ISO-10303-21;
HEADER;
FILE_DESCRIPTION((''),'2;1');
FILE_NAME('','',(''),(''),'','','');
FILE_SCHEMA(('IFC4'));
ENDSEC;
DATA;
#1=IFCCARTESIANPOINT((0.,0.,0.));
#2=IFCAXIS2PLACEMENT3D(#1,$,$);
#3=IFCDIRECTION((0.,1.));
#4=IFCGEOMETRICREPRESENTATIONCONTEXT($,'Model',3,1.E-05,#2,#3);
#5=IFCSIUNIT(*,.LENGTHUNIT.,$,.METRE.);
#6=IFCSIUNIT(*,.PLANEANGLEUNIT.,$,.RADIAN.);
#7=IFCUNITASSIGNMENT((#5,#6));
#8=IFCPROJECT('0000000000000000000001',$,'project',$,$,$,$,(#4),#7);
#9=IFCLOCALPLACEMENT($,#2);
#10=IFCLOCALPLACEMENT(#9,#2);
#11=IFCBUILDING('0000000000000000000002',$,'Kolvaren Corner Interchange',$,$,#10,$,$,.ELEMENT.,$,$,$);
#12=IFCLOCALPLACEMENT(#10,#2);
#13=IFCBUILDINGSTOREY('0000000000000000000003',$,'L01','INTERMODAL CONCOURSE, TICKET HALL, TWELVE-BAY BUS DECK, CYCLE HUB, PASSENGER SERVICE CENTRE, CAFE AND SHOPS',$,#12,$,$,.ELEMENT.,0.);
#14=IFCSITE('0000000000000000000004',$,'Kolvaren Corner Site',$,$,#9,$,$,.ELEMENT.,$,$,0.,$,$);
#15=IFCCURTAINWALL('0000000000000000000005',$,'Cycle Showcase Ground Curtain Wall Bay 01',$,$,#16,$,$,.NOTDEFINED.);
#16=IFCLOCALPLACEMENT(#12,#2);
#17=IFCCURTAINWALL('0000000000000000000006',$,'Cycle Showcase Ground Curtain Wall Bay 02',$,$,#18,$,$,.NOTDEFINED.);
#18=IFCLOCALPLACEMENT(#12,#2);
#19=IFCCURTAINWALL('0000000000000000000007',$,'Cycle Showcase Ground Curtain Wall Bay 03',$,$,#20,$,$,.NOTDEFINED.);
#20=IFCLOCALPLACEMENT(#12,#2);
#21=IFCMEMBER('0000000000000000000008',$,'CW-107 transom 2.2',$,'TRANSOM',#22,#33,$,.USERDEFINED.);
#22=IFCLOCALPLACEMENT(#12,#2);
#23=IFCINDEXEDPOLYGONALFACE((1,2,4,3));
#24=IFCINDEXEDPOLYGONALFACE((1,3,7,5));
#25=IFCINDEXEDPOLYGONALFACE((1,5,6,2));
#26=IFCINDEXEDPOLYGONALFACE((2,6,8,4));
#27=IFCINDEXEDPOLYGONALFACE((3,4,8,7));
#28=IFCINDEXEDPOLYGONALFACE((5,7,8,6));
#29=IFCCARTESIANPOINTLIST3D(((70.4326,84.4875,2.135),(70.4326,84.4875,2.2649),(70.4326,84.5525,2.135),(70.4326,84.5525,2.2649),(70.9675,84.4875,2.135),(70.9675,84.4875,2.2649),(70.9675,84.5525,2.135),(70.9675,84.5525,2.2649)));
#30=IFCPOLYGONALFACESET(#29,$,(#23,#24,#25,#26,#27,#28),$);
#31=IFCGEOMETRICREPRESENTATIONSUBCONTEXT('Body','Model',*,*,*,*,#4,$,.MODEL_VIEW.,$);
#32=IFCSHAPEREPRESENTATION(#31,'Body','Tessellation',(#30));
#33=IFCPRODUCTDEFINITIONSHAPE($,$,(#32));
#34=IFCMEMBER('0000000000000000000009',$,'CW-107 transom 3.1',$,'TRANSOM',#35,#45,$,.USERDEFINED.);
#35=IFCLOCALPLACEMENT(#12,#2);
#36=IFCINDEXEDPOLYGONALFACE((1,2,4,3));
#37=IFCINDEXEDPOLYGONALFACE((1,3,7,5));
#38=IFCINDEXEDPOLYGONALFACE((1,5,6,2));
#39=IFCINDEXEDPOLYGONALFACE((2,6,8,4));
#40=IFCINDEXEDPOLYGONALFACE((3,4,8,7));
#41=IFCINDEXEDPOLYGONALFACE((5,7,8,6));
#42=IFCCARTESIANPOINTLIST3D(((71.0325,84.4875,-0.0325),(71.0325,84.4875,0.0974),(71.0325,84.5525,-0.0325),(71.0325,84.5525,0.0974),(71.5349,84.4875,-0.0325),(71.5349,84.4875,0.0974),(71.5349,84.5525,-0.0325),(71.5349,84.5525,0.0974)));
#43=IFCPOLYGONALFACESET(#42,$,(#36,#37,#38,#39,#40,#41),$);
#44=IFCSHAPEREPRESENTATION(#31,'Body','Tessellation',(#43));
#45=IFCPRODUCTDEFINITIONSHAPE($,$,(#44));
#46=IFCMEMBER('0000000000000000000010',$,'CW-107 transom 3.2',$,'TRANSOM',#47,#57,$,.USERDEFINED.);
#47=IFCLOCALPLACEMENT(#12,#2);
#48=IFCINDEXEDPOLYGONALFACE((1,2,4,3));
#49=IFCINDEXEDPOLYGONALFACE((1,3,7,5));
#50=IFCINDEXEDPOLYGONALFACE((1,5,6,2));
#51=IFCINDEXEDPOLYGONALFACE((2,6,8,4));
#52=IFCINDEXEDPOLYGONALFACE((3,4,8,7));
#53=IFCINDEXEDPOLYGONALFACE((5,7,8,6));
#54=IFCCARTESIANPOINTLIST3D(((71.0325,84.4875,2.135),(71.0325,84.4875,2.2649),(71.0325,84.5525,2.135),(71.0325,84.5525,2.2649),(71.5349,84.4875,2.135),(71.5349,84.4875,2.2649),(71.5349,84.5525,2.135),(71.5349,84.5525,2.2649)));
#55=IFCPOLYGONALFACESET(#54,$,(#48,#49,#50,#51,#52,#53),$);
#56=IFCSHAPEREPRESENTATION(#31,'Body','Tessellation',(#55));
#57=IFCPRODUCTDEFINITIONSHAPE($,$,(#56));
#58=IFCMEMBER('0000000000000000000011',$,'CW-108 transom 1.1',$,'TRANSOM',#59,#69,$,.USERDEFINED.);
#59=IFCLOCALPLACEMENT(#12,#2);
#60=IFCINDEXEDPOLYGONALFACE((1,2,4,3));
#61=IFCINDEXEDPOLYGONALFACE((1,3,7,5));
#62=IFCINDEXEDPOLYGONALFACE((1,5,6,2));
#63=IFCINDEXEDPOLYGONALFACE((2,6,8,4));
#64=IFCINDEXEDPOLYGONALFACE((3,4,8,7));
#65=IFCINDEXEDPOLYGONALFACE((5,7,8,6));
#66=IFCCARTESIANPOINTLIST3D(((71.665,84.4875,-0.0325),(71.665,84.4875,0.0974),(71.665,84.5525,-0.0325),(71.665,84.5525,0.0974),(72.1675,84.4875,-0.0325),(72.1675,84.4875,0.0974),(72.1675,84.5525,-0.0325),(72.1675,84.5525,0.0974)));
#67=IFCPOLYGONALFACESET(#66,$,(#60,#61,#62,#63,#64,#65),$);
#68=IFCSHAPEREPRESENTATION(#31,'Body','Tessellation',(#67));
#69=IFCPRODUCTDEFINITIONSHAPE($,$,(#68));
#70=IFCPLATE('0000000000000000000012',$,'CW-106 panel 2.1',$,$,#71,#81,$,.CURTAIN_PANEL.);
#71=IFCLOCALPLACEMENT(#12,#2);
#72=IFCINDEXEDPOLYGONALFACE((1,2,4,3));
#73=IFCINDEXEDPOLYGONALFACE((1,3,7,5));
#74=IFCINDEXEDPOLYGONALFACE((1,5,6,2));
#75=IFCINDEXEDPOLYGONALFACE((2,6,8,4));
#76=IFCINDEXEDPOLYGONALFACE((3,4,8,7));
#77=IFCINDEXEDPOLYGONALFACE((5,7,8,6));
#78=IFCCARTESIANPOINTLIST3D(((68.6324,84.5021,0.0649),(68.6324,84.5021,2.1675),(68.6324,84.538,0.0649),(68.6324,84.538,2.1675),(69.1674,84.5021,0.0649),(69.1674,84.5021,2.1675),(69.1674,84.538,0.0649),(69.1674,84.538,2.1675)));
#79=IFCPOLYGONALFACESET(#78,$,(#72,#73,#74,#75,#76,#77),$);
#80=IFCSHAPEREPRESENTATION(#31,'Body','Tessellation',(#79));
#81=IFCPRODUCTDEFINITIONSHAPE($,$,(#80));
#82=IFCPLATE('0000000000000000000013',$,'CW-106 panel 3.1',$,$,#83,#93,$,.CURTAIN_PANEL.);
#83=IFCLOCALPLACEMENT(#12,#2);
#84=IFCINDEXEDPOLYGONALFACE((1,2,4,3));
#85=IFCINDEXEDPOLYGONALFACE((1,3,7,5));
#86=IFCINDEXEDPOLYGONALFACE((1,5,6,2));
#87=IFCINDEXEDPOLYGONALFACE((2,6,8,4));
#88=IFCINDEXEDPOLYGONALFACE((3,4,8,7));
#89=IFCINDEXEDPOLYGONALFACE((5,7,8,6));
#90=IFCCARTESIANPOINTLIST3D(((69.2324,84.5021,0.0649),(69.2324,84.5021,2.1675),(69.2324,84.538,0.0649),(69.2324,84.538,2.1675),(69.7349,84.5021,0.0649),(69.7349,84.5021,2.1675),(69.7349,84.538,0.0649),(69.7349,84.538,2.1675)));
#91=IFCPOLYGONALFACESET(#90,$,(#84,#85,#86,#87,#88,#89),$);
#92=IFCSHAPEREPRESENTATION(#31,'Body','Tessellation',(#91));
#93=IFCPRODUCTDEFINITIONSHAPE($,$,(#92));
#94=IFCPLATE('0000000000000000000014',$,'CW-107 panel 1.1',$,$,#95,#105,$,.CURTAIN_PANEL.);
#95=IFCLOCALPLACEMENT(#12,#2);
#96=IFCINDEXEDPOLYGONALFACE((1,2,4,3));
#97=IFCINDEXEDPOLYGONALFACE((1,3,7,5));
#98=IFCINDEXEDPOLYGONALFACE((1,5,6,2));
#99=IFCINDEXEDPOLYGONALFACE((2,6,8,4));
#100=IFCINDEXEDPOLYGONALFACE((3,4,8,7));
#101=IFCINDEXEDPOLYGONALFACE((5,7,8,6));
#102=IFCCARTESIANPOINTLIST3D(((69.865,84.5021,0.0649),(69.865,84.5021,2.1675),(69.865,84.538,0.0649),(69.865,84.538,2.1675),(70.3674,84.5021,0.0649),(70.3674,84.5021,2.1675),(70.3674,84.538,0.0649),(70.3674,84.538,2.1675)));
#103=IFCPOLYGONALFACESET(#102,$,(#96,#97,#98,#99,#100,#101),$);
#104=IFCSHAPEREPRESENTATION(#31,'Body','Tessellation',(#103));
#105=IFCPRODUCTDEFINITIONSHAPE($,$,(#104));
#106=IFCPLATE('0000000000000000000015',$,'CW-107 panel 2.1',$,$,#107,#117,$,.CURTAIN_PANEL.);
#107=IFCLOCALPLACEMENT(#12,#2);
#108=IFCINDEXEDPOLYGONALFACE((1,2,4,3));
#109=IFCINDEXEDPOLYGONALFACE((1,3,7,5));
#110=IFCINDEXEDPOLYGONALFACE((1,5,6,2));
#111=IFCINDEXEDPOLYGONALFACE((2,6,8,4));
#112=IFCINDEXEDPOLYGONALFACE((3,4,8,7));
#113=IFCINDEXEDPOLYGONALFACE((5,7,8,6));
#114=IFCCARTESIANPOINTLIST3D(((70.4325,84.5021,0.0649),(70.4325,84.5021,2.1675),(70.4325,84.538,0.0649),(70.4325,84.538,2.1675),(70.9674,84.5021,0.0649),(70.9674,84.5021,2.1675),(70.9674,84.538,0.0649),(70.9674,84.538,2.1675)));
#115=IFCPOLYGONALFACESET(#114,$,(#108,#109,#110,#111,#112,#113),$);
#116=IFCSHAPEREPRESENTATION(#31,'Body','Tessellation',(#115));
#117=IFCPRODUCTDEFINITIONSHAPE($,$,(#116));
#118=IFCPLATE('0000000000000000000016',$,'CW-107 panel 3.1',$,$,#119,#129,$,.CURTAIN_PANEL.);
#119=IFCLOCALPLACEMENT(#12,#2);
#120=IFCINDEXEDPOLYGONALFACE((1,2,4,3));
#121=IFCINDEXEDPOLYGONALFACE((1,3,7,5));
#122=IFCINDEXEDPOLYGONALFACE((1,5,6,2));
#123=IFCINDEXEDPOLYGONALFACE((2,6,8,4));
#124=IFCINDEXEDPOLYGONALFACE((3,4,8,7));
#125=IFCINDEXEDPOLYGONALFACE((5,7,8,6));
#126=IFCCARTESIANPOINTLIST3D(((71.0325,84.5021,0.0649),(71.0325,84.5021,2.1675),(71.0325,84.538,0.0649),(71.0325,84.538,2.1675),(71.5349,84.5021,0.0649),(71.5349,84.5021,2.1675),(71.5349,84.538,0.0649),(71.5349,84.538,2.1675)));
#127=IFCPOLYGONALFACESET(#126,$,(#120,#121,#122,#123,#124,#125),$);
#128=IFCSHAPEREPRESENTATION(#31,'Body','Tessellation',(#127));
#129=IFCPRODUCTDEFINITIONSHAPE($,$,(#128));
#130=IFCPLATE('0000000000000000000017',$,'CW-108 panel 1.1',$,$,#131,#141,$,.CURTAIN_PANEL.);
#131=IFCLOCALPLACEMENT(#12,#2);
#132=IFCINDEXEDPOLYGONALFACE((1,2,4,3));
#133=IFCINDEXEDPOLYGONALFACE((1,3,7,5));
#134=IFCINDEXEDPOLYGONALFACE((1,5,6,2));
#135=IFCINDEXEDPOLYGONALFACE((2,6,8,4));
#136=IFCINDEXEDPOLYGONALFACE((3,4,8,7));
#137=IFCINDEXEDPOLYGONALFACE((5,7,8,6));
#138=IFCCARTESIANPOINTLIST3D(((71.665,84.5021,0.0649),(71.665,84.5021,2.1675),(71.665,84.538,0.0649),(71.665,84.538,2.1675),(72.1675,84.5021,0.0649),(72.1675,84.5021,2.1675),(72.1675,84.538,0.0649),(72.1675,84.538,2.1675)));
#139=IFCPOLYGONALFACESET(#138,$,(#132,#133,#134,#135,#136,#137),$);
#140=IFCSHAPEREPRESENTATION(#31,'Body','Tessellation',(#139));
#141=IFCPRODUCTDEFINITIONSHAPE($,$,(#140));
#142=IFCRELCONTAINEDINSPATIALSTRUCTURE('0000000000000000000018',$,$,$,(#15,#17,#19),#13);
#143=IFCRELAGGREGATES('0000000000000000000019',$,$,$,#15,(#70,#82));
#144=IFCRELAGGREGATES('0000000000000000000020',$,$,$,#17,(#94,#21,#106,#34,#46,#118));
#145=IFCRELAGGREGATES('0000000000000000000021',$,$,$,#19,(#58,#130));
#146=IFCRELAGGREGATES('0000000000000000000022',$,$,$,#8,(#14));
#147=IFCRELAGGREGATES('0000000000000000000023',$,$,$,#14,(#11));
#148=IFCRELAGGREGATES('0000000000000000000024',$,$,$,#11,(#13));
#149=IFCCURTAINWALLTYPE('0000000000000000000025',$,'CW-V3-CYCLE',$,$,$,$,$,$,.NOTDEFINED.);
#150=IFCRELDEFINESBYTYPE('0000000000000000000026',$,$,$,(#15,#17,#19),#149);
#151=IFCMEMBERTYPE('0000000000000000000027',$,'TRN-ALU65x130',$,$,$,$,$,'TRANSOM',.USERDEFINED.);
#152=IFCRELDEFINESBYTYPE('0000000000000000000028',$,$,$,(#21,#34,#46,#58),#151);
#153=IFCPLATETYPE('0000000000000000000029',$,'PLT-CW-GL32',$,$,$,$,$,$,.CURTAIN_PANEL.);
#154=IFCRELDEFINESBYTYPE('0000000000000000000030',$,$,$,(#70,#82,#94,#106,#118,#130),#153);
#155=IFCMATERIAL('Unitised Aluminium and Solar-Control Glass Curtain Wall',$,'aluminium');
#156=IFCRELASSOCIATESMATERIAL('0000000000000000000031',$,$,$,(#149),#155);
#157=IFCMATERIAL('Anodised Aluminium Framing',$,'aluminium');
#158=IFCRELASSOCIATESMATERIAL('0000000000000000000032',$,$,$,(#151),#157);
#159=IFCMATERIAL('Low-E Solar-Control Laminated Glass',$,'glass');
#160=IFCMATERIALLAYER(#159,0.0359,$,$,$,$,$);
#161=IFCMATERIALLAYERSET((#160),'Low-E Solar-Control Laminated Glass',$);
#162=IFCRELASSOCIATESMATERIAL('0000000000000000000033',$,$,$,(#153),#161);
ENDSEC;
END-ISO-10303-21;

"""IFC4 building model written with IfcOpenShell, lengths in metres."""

from ifc_helpers import new_model, si_unit, direction, frame, origin, origin_2d, place, context, subcontext, project, spatial, rectangle, extrude, material, layer, layer_set, material_profile, profile_set, type_object, element, aggregate, save


model = new_model("IFC4")

# Units and contexts
model_context = context("Model", 3, precision=1e-05, world=origin(), true_north=direction((0.0, 1.0)))
body_context = subcontext(model_context, "Body", "Model", "MODEL_VIEW")
ifc_project = project(units=[si_unit("LENGTHUNIT", "METRE"), si_unit("PLANEANGLEUNIT", "RADIAN")], contexts=[model_context])

# Site, building, storey
site_placement = place(None, origin())
site = spatial("IfcSite", under=ifc_project, at=site_placement, Name="Kolvaren Corner Site", CompositionType="ELEMENT", RefElevation=0.0)
building_placement = place(site_placement, origin())
building = spatial("IfcBuilding", under=site, at=building_placement, Name="Kolvaren Corner Interchange", CompositionType="ELEMENT")
storey_placement = place(building_placement, origin())
storey = spatial("IfcBuildingStorey", under=building, at=storey_placement, Name="L01", Description="INTERMODAL CONCOURSE, TICKET HALL, TWELVE-BAY BUS DECK, CYCLE HUB, PASSENGER SERVICE CENTRE, CAFE AND SHOPS", CompositionType="ELEMENT", Elevation=0.0)

# Curtain walls
ifc_material_1 = material(Name="Unitised Aluminium and Solar-Control Glass Curtain Wall", Category="aluminium")
curtain_wall_type = type_object("IfcCurtainWallType", Name="CW-V3-CYCLE", PredefinedType="NOTDEFINED", material=ifc_material_1)
curtain_wall_1_placement = place(storey_placement, origin())
curtain_wall_1 = element("IfcCurtainWall", 1, at=curtain_wall_1_placement, inside=storey, type_object=curtain_wall_type, Name="Cycle Showcase Ground Curtain Wall Bay 01", PredefinedType="NOTDEFINED")
curtain_wall_2_placement = place(storey_placement, origin())
curtain_wall_2 = element("IfcCurtainWall", 2, at=curtain_wall_2_placement, inside=storey, type_object=curtain_wall_type, Name="Cycle Showcase Ground Curtain Wall Bay 02", PredefinedType="NOTDEFINED")

# Curtain wall
curtain_wall_3_placement = place(storey_placement, origin())
curtain_wall_3 = element("IfcCurtainWall", 3, at=curtain_wall_3_placement, inside=storey, type_object=curtain_wall_type, Name="Cycle Showcase Ground Curtain Wall Bay 03", PredefinedType="NOTDEFINED")

# Members
ifc_material_2 = material(Name="Anodised Aluminium Framing", Category="aluminium")
ifc_material_profile_1 = material_profile(ifc_material_2, rectangle(XDim=0.0649, YDim=0.1299, at=origin_2d()), Name="ALU 65x130")
ifc_profile_set_1 = profile_set([ifc_material_profile_1], Name="Anodised Aluminium Framing")
member_type_1 = type_object("IfcMemberType", Name="TRN-ALU65x130", ElementType="TRANSOM", PredefinedType="USERDEFINED", material=ifc_profile_set_1)
member_1_placement = place(storey_placement, frame((70.4326, 84.52, 2.2), z_axis=(1.0, 0.0, 0.0), x_axis=(0.0, 1.0, 0.0)))
member_1 = element("IfcMember", 4, at=member_1_placement, type_object=member_type_1, Name="CW-107 transom 2.2", ObjectType="TRANSOM", PredefinedType="USERDEFINED", context=body_context, shape_type="SweptSolid", body=[
    extrude(rectangle(XDim=0.0649, YDim=0.1299, at=origin_2d()), origin(), (0.0, 0.0, 1.0), 0.5349),
])
member_2_placement = place(storey_placement, frame((71.0325, 84.52, 0.0325), z_axis=(1.0, 0.0, 0.0), x_axis=(0.0, 1.0, 0.0)))
member_2 = element("IfcMember", 5, at=member_2_placement, type_object=member_type_1, Name="CW-107 transom 3.1", ObjectType="TRANSOM", PredefinedType="USERDEFINED", context=body_context, shape_type="SweptSolid", body=[
    extrude(rectangle(XDim=0.0649, YDim=0.1299, at=origin_2d()), origin(), (0.0, 0.0, 1.0), 0.5024),
])
member_3_placement = place(storey_placement, frame((71.0325, 84.52, 2.2), z_axis=(1.0, 0.0, 0.0), x_axis=(0.0, 1.0, 0.0)))
member_3 = element("IfcMember", 6, at=member_3_placement, type_object=member_type_1, Name="CW-107 transom 3.2", ObjectType="TRANSOM", PredefinedType="USERDEFINED", context=body_context, shape_type="SweptSolid", body=[
    extrude(rectangle(XDim=0.0649, YDim=0.1299, at=origin_2d()), origin(), (0.0, 0.0, 1.0), 0.5024),
])
member_4_placement = place(storey_placement, frame((71.665, 84.52, 0.0325), z_axis=(1.0, 0.0, 0.0), x_axis=(0.0, 1.0, 0.0)))
member_4 = element("IfcMember", 7, at=member_4_placement, type_object=member_type_1, Name="CW-108 transom 1.1", ObjectType="TRANSOM", PredefinedType="USERDEFINED", context=body_context, shape_type="SweptSolid", body=[
    extrude(rectangle(XDim=0.0649, YDim=0.1299, at=origin_2d()), origin(), (0.0, 0.0, 1.0), 0.5024),
])

# Plates
ifc_material_3 = material(Name="Low-E Solar-Control Laminated Glass", Category="glass")
ifc_layer = layer(ifc_material_3, 0.0359)
ifc_layer_set = layer_set([ifc_layer], Name="Low-E Solar-Control Laminated Glass")
plate_type = type_object("IfcPlateType", Name="PLT-CW-GL32", PredefinedType="CURTAIN_PANEL", material=ifc_layer_set)
plate_1_placement = place(storey_placement, frame((68.8999, 84.52, 0.0649), z_axis=(0.0, 0.0, 1.0), x_axis=(1.0, 0.0, 0.0)))
plate_1 = element("IfcPlate", 8, at=plate_1_placement, type_object=plate_type, Name="CW-106 panel 2.1", PredefinedType="CURTAIN_PANEL", context=body_context, shape_type="SweptSolid", body=[
    extrude(rectangle(XDim=0.5349, YDim=0.0359, at=origin_2d()), origin(), (0.0, 0.0, 1.0), 2.1025),
])
plate_2_placement = place(storey_placement, frame((69.4836, 84.52, 0.0649), z_axis=(0.0, 0.0, 1.0), x_axis=(1.0, 0.0, 0.0)))
plate_2 = element("IfcPlate", 9, at=plate_2_placement, type_object=plate_type, Name="CW-106 panel 3.1", PredefinedType="CURTAIN_PANEL", context=body_context, shape_type="SweptSolid", body=[
    extrude(rectangle(XDim=0.5024, YDim=0.0359, at=origin_2d()), origin(), (0.0, 0.0, 1.0), 2.1025),
])
aggregate(curtain_wall_1, [plate_1, plate_2])
plate_3_placement = place(storey_placement, frame((70.1162, 84.52, 0.0649), z_axis=(0.0, 0.0, 1.0), x_axis=(1.0, 0.0, 0.0)))
plate_3 = element("IfcPlate", 10, at=plate_3_placement, type_object=plate_type, Name="CW-107 panel 1.1", PredefinedType="CURTAIN_PANEL", context=body_context, shape_type="SweptSolid", body=[
    extrude(rectangle(XDim=0.5024, YDim=0.0359, at=origin_2d()), origin(), (0.0, 0.0, 1.0), 2.1025),
])
plate_4_placement = place(storey_placement, frame((70.7, 84.52, 0.0649), z_axis=(0.0, 0.0, 1.0), x_axis=(1.0, 0.0, 0.0)))
plate_4 = element("IfcPlate", 11, at=plate_4_placement, type_object=plate_type, Name="CW-107 panel 2.1", PredefinedType="CURTAIN_PANEL", context=body_context, shape_type="SweptSolid", body=[
    extrude(rectangle(XDim=0.5349, YDim=0.0359, at=origin_2d()), origin(), (0.0, 0.0, 1.0), 2.1025),
])
plate_5_placement = place(storey_placement, frame((71.2837, 84.52, 0.0649), z_axis=(0.0, 0.0, 1.0), x_axis=(1.0, 0.0, 0.0)))
plate_5 = element("IfcPlate", 12, at=plate_5_placement, type_object=plate_type, Name="CW-107 panel 3.1", PredefinedType="CURTAIN_PANEL", context=body_context, shape_type="SweptSolid", body=[
    extrude(rectangle(XDim=0.5024, YDim=0.0359, at=origin_2d()), origin(), (0.0, 0.0, 1.0), 2.1025),
])
aggregate(curtain_wall_2, [plate_3, member_1, plate_4, member_2, member_3, plate_5])
plate_6_placement = place(storey_placement, frame((71.9163, 84.52, 0.0649), z_axis=(0.0, 0.0, 1.0), x_axis=(1.0, 0.0, 0.0)))
plate_6 = element("IfcPlate", 13, at=plate_6_placement, type_object=plate_type, Name="CW-108 panel 1.1", PredefinedType="CURTAIN_PANEL", context=body_context, shape_type="SweptSolid", body=[
    extrude(rectangle(XDim=0.5024, YDim=0.0359, at=origin_2d()), origin(), (0.0, 0.0, 1.0), 2.1025),
])
aggregate(curtain_wall_3, [member_4, plate_6])

save(model, "model.ifc")
